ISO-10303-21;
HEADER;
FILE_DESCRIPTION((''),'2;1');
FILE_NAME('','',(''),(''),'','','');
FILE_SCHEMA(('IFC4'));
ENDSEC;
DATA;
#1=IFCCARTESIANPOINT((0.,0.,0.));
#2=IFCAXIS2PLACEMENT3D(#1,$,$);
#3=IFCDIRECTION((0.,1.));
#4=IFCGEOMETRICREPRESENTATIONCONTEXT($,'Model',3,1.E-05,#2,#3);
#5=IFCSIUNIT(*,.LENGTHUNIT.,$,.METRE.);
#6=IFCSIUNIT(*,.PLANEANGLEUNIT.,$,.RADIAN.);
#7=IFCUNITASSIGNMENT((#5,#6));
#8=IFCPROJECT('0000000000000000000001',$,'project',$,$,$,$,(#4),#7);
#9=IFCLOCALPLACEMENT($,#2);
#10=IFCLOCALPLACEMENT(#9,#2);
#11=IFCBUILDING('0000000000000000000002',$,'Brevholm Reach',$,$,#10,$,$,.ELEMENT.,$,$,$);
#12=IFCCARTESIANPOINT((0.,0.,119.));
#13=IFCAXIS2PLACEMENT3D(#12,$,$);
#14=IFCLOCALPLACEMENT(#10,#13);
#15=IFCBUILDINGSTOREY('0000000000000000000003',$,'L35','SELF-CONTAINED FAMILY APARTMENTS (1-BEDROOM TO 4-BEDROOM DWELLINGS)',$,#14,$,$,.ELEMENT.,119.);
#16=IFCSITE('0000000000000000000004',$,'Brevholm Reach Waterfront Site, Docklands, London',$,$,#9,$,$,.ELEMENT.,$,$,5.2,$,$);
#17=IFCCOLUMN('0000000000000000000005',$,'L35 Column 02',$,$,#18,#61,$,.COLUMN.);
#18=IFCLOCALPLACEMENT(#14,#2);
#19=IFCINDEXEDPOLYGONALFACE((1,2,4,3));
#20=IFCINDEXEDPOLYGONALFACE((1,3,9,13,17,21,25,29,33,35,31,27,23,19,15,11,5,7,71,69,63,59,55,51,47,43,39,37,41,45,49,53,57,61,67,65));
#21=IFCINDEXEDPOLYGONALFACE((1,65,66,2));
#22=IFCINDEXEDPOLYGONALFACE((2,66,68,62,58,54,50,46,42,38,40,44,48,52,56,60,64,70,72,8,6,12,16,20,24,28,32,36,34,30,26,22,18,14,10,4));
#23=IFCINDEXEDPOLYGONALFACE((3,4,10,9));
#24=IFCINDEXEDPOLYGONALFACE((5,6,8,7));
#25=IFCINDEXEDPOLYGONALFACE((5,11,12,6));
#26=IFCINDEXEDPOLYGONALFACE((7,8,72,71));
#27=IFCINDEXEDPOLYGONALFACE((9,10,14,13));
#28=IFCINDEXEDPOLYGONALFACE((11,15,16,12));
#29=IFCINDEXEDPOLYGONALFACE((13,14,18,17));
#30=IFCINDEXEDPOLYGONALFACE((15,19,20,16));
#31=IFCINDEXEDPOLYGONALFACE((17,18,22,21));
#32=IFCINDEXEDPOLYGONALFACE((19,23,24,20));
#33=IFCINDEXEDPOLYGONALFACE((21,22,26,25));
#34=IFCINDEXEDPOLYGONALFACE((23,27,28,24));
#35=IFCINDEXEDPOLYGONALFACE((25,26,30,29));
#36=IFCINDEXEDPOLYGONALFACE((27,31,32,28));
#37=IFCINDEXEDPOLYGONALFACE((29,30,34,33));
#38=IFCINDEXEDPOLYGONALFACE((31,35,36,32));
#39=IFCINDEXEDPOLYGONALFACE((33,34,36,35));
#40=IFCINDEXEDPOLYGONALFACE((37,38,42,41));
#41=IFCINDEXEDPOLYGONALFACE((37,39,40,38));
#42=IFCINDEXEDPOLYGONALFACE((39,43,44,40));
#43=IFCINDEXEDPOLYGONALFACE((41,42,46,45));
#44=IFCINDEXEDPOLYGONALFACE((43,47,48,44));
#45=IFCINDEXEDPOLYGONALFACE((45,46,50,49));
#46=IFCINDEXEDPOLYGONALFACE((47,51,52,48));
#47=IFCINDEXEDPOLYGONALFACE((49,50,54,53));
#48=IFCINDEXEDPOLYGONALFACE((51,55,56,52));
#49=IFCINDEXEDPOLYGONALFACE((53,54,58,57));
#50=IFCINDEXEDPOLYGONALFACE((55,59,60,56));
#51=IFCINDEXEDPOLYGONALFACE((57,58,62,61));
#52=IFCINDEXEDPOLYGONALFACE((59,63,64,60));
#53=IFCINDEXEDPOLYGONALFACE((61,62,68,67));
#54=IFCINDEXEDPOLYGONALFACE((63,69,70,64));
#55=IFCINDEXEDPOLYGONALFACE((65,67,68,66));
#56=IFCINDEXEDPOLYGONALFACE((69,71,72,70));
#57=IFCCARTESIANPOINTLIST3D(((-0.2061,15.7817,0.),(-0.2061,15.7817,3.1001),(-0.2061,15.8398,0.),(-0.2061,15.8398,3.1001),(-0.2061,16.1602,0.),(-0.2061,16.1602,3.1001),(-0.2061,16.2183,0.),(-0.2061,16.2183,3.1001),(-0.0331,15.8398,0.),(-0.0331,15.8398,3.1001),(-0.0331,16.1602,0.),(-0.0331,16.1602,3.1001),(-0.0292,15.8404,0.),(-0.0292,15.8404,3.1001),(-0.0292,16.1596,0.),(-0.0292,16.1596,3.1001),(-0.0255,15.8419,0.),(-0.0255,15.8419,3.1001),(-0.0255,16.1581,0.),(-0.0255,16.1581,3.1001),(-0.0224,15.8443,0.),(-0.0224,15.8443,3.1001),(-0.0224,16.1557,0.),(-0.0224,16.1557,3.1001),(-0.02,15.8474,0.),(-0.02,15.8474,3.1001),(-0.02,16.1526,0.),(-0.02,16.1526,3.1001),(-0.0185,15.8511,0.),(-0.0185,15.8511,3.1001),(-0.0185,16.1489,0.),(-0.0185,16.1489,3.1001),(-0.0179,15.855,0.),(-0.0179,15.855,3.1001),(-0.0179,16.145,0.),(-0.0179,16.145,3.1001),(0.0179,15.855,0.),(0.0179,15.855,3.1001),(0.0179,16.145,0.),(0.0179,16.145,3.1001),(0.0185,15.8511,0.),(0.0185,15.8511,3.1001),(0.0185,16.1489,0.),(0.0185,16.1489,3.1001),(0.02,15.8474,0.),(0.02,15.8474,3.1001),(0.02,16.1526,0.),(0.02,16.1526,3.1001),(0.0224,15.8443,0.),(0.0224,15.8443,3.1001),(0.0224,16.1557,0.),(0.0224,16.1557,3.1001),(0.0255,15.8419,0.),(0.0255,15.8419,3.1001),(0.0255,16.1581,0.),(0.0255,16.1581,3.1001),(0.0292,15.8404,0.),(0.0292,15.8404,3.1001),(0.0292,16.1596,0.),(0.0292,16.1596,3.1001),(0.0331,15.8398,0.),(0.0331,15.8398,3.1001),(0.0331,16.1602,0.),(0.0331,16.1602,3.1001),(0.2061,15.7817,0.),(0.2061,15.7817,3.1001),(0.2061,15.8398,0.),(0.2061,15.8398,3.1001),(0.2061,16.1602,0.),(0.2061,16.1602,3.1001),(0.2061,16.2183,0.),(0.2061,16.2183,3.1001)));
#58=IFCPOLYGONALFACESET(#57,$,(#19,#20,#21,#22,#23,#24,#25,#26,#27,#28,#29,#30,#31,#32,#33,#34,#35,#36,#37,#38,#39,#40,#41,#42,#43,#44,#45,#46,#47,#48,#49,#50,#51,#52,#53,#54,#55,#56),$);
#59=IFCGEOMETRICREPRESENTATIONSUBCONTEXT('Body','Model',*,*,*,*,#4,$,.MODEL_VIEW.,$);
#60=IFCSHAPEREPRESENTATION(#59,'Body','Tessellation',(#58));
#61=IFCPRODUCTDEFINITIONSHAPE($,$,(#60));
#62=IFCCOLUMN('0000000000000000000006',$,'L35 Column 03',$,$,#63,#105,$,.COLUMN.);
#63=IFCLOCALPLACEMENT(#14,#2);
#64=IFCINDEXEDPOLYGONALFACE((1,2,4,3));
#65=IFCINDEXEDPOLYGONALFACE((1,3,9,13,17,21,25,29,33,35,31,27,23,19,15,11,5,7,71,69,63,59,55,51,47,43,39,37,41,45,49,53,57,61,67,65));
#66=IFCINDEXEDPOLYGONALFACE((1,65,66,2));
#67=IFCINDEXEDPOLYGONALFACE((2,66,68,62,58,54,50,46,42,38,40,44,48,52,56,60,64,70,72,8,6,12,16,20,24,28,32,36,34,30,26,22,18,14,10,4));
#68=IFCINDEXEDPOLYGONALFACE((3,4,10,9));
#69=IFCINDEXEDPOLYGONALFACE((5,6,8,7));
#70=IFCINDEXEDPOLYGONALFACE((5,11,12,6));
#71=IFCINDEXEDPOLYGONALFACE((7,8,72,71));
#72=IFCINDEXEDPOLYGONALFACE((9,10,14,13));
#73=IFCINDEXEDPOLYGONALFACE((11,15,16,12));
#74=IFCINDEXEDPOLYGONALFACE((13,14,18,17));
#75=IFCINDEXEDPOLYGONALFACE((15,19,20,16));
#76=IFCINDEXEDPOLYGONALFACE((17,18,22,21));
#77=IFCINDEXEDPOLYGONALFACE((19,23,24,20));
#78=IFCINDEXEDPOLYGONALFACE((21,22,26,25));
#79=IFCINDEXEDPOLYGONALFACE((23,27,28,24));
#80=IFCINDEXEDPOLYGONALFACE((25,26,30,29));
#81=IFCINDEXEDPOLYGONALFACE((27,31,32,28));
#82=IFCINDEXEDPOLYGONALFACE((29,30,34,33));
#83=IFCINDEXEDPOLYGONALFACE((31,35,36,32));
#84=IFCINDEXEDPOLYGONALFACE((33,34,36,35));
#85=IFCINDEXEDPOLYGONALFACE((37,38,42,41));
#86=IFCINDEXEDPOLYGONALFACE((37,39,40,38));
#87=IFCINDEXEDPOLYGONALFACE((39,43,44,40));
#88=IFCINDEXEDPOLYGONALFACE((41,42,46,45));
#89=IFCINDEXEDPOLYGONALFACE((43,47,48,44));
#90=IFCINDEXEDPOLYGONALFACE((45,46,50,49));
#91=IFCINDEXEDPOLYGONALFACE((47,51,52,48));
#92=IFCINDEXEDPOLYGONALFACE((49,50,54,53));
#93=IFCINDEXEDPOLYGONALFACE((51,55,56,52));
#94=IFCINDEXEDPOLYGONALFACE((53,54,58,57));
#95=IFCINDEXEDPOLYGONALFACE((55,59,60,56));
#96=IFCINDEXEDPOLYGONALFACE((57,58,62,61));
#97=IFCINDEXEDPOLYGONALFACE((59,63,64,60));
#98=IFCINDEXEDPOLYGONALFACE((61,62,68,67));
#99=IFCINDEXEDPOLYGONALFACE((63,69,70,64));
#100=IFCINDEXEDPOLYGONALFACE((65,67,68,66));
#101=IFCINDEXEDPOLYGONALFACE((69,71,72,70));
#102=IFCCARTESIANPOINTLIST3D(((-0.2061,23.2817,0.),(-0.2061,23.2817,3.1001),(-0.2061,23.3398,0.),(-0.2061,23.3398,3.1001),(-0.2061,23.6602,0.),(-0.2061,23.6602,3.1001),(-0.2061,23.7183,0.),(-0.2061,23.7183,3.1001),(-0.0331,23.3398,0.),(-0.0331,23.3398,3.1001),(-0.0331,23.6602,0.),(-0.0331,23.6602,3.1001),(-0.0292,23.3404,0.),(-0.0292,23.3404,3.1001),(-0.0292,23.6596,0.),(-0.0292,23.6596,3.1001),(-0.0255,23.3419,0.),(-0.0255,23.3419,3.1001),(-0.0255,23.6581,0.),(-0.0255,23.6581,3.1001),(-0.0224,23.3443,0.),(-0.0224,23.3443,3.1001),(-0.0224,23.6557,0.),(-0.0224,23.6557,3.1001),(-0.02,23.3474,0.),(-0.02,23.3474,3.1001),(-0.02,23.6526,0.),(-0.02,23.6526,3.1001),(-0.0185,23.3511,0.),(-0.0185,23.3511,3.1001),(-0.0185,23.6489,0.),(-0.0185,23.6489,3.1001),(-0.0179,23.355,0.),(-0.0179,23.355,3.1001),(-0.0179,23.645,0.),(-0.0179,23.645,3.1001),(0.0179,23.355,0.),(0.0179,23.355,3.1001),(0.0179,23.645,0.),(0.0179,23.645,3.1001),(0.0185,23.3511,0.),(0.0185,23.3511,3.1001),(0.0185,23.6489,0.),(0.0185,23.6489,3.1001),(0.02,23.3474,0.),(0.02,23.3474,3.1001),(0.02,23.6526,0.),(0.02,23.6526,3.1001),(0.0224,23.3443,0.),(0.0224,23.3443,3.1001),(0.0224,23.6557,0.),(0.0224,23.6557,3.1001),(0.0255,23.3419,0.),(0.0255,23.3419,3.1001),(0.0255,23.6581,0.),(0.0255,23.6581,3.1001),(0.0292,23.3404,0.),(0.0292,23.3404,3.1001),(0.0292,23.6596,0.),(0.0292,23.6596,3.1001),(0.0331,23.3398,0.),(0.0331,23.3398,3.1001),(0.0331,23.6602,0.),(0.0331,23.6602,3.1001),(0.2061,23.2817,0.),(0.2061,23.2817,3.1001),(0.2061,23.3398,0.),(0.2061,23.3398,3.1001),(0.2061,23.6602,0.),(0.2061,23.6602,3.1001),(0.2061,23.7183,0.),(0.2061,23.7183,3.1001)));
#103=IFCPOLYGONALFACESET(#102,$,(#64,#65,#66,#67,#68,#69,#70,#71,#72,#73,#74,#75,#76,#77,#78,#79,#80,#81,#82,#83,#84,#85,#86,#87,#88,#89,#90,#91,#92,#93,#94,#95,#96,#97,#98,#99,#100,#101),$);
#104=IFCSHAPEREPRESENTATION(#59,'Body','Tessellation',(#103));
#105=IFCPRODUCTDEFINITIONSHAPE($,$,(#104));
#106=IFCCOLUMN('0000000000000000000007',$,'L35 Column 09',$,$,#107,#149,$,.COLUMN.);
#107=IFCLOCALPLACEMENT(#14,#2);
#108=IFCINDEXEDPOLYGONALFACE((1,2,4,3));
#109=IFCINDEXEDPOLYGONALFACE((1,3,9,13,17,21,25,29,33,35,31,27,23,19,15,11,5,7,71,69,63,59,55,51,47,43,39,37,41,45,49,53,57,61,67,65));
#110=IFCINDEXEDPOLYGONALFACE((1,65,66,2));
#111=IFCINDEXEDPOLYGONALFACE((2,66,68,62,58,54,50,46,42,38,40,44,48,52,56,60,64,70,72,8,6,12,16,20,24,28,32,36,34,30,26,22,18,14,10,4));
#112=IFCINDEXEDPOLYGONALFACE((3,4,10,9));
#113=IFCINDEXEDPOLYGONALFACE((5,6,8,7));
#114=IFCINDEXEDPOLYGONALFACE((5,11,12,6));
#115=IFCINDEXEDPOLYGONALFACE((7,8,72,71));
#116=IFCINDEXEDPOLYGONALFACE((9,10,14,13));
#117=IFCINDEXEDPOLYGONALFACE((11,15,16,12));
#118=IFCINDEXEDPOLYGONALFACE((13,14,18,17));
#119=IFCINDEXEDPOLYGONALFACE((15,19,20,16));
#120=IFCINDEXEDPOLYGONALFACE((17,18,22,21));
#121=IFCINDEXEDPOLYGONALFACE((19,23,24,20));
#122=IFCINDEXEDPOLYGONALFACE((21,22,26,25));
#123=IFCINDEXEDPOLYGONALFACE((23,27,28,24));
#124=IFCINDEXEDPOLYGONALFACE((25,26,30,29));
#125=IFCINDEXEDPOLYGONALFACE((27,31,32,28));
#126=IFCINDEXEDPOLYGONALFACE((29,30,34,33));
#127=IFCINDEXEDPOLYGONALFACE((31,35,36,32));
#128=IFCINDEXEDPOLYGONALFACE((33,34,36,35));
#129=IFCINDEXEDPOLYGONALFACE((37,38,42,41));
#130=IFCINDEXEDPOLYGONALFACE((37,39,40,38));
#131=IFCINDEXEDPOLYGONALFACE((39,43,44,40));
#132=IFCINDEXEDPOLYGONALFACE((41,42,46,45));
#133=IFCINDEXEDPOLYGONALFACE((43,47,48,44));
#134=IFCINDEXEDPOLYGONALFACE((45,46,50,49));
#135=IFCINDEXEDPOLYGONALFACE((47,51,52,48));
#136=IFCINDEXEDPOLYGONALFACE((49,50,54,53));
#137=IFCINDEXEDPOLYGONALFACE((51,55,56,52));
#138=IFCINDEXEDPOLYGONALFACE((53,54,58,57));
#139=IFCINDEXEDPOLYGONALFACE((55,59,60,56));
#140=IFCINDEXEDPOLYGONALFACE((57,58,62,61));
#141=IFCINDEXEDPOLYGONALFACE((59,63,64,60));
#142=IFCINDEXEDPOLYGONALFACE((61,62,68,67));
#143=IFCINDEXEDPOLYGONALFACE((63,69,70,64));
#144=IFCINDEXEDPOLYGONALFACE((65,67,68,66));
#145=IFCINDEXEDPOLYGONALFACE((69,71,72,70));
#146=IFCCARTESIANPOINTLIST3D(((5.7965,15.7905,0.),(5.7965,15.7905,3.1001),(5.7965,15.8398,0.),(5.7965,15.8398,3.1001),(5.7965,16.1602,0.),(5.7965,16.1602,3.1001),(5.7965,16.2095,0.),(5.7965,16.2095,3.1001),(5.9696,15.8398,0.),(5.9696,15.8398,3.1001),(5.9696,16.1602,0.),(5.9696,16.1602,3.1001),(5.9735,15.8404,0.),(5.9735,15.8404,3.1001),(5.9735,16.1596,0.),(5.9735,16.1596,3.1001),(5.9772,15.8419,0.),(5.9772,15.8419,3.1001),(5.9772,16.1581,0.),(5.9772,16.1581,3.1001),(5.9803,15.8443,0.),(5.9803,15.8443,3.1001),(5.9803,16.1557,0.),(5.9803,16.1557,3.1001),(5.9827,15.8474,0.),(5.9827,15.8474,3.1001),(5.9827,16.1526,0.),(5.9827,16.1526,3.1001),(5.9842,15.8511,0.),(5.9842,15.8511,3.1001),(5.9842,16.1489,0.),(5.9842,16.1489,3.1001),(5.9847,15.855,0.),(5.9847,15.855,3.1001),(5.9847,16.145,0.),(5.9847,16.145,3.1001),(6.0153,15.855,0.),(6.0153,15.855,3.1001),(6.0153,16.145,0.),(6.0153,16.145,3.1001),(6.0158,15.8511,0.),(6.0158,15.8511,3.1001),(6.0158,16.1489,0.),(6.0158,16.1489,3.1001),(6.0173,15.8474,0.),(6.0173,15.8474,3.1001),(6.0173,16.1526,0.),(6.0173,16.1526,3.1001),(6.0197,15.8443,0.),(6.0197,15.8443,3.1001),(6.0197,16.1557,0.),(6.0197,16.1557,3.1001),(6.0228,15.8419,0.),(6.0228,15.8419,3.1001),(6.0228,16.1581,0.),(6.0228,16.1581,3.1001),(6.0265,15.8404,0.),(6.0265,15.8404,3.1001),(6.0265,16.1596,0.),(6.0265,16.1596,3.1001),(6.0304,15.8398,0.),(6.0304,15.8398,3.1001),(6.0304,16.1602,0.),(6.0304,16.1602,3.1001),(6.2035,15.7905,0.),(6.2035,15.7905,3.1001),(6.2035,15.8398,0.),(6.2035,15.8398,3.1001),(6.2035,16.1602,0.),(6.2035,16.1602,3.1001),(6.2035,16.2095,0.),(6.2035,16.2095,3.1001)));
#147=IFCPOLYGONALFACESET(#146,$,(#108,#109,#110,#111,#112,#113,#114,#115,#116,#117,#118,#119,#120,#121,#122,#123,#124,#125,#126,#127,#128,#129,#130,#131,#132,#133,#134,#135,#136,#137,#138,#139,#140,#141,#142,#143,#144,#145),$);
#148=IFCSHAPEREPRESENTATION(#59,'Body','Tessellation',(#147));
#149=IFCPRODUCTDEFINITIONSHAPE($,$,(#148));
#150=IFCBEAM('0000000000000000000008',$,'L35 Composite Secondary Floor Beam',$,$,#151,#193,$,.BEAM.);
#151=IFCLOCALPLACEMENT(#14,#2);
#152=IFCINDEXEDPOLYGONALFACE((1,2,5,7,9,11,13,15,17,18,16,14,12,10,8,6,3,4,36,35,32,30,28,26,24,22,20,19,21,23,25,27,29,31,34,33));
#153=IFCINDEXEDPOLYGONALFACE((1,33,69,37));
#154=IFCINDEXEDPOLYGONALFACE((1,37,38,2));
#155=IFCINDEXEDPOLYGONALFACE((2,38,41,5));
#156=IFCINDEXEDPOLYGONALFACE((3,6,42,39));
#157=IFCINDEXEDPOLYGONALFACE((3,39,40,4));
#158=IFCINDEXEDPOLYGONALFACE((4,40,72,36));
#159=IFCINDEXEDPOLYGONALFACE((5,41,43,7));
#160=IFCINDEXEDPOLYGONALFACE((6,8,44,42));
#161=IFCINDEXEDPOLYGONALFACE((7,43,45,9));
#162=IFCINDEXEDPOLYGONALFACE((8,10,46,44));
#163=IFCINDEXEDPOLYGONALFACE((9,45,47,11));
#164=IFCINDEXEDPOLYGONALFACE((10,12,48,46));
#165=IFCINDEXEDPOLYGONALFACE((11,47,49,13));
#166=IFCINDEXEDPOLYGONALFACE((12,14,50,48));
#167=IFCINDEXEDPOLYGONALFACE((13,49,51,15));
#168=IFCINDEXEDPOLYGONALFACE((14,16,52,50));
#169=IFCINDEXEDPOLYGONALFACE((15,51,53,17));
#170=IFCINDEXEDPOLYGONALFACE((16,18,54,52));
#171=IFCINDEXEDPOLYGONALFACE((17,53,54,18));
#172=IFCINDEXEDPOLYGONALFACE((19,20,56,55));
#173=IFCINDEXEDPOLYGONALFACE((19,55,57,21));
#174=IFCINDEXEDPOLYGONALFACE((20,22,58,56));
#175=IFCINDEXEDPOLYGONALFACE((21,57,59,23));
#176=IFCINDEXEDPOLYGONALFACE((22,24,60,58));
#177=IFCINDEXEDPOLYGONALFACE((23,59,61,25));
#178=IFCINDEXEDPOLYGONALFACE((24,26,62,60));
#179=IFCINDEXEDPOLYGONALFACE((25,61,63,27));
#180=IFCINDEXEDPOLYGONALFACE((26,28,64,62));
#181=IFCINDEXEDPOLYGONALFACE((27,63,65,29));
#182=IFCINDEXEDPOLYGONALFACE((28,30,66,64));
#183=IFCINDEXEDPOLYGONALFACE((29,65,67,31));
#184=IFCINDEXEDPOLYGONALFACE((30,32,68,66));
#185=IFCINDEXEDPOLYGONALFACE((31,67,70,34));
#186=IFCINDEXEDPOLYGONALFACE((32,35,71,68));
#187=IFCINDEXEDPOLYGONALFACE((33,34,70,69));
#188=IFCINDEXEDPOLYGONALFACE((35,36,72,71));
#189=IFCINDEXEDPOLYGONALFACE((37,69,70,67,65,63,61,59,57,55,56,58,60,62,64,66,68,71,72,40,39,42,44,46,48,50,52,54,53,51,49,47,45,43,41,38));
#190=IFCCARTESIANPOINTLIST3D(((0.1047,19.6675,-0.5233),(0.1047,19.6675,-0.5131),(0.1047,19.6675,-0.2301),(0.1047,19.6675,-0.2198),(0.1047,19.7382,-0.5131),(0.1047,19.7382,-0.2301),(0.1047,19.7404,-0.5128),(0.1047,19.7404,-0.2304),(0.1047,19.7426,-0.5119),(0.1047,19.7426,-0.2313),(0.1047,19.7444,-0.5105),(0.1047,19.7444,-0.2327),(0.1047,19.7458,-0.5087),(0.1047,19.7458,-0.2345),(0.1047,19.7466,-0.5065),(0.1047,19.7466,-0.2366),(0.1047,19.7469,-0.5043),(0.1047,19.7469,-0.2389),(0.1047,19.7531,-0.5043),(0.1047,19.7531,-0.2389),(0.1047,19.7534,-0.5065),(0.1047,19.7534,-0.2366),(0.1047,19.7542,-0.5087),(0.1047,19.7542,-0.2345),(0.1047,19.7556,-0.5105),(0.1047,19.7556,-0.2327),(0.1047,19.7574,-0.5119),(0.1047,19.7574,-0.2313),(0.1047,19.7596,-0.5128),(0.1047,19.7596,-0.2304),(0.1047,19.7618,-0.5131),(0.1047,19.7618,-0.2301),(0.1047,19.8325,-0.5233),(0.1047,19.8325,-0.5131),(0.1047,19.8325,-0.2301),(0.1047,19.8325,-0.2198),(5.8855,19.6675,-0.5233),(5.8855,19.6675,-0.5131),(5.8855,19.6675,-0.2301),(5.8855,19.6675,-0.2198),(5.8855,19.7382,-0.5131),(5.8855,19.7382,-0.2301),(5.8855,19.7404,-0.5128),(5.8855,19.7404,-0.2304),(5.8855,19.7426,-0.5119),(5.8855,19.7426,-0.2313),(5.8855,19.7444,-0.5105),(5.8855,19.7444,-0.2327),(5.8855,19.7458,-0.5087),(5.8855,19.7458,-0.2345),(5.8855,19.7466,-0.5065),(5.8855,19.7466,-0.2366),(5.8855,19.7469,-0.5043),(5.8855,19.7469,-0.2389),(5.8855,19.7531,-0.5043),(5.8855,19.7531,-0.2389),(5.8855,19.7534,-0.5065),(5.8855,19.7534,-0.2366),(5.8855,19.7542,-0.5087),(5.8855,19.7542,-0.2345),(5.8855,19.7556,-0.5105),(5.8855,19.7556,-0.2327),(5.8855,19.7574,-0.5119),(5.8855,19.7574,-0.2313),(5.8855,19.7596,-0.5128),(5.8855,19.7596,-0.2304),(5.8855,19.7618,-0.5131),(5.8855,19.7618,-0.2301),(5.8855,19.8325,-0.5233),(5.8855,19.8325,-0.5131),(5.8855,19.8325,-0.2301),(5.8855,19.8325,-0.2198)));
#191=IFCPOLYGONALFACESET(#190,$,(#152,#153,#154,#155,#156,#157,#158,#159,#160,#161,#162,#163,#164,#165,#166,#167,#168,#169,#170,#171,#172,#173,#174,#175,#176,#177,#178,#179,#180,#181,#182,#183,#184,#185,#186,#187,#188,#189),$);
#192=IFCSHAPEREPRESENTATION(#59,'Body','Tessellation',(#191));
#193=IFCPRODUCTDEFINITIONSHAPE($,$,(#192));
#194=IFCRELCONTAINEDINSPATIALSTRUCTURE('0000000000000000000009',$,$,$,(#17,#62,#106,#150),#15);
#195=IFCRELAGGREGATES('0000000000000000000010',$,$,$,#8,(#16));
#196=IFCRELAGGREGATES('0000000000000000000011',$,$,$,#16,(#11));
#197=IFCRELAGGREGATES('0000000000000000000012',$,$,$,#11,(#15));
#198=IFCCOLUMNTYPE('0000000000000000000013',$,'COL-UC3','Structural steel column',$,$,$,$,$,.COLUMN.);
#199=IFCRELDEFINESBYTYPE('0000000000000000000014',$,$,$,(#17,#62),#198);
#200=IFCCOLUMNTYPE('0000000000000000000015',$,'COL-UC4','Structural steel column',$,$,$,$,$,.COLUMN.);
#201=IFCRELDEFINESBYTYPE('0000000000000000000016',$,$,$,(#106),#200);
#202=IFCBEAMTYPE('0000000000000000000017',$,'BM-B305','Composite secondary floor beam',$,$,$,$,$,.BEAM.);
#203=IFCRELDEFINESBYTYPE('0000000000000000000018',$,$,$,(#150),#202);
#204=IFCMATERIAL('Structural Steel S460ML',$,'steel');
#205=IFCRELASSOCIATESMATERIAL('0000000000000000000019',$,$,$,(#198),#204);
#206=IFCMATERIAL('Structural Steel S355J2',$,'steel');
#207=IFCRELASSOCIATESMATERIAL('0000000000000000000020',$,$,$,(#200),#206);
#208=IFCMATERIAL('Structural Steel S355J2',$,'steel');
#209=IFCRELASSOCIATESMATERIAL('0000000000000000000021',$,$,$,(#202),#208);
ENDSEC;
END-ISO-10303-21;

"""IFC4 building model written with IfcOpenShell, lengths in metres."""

from ifc_helpers import new_model, si_unit, direction, frame, origin, origin_2d, place, context, subcontext, project, spatial, i_section, extrude, material, material_profile, profile_set, type_object, element, save


model = new_model("IFC4")

# Units and contexts
model_context = context("Model", 3, precision=1e-05, world=origin(), true_north=direction((0.0, 1.0)))
body_context = subcontext(model_context, "Body", "Model", "MODEL_VIEW")
ifc_project = project(units=[si_unit("LENGTHUNIT", "METRE"), si_unit("PLANEANGLEUNIT", "RADIAN")], contexts=[model_context])

# Site, building, storey
site_placement = place(None, origin())
site = spatial("IfcSite", under=ifc_project, at=site_placement, Name="Brevholm Reach Waterfront Site, Docklands, London", CompositionType="ELEMENT", RefElevation=5.2)
building_placement = place(site_placement, origin())
building = spatial("IfcBuilding", under=site, at=building_placement, Name="Brevholm Reach", CompositionType="ELEMENT")
storey_placement = place(building_placement, frame((0.0, 0.0, 119.0)))
storey = spatial("IfcBuildingStorey", under=building, at=storey_placement, Name="L35", Description="SELF-CONTAINED FAMILY APARTMENTS (1-BEDROOM TO 4-BEDROOM DWELLINGS)", CompositionType="ELEMENT", Elevation=119.0)

# Columns
ifc_material_1 = material(Name="Structural Steel S460ML", Category="steel")
ifc_material_profile_1 = material_profile(ifc_material_1, i_section(OverallWidth=0.4121, OverallDepth=0.4365, WebThickness=0.0359, FlangeThickness=0.0581, FilletRadius=0.0151, at=origin_2d()), Name="UKC 356x406x467")
ifc_profile_set_1 = profile_set([ifc_material_profile_1], Name="Structural Steel S460ML")
column_type_1 = type_object("IfcColumnType", Name="COL-UC3", Description="Structural steel column", PredefinedType="COLUMN", material=ifc_profile_set_1)
for number, where, z_axis, x_axis, name in (
    (1, (0.0, 16.0, 0.0), (0.0, 0.0, 1.0), (1.0, 0.0, 0.0), "L35 Column 02"),
    (2, (0.0, 23.5, 0.0), (0.0, 0.0, 1.0), (1.0, 0.0, 0.0), "L35 Column 03"),
):
    element("IfcColumn", number, at=place(storey_placement, frame(where, z_axis=z_axis, x_axis=x_axis)), inside=storey, type_object=column_type_1, Name=name, PredefinedType="COLUMN", context=body_context, shape_type="SweptSolid", body=[
        extrude(i_section(OverallWidth=0.4121, OverallDepth=0.4365, WebThickness=0.0359, FlangeThickness=0.0581, FilletRadius=0.0151, at=origin_2d()), origin(), (0.0, 0.0, 1.0), 3.1001),
    ])
ifc_material_2 = material(Name="Structural Steel S355J2", Category="steel")
ifc_material_profile_2 = material_profile(ifc_material_2, i_section(OverallWidth=0.407, OverallDepth=0.4189, WebThickness=0.0305, FlangeThickness=0.0493, FilletRadius=0.0151, at=origin_2d()), Name="UKC 356x406x393")
ifc_profile_set_2 = profile_set([ifc_material_profile_2], Name="Structural Steel S355J2")
column_type_2 = type_object("IfcColumnType", Name="COL-UC4", Description="Structural steel column", PredefinedType="COLUMN", material=ifc_profile_set_2)
column_placement = place(storey_placement, frame((6.0, 16.0, 0.0), z_axis=(0.0, 0.0, 1.0), x_axis=(1.0, 0.0, 0.0)))
element("IfcColumn", 3, at=column_placement, inside=storey, type_object=column_type_2, Name="L35 Column 09", PredefinedType="COLUMN", context=body_context, shape_type="SweptSolid", body=[
    extrude(i_section(OverallWidth=0.407, OverallDepth=0.4189, WebThickness=0.0305, FlangeThickness=0.0493, FilletRadius=0.0151, at=origin_2d()), origin(), (0.0, 0.0, 1.0), 3.1001),
])

# Beam
ifc_material_3 = material(Name="Structural Steel S355J2", Category="steel")
ifc_material_profile_3 = material_profile(ifc_material_3, i_section(OverallWidth=0.165, OverallDepth=0.3035, WebThickness=0.0061, FlangeThickness=0.0103, FilletRadius=0.0088, at=origin_2d()), Name="UKB 305x165x40")
ifc_profile_set_3 = profile_set([ifc_material_profile_3], Name="Structural Steel S355J2")
beam_type_1 = type_object("IfcBeamType", Name="BM-B305", Description="Composite secondary floor beam", PredefinedType="BEAM", material=ifc_profile_set_3)
beam_1_placement = place(storey_placement, frame((0.1047, 19.75, -0.3716), z_axis=(1.0, 0.0, 0.0), x_axis=(0.0, 1.0, 0.0)))
element("IfcBeam", 4, at=beam_1_placement, inside=storey, type_object=beam_type_1, Name="L35 Composite Secondary Floor Beam", PredefinedType="BEAM", context=body_context, shape_type="SweptSolid", body=[
    extrude(i_section(OverallWidth=0.165, OverallDepth=0.3035, WebThickness=0.0061, FlangeThickness=0.0103, FilletRadius=0.0088, at=origin_2d()), origin(), (0.0, 0.0, 1.0), 5.7808),
])

save(model, "model.ifc")
